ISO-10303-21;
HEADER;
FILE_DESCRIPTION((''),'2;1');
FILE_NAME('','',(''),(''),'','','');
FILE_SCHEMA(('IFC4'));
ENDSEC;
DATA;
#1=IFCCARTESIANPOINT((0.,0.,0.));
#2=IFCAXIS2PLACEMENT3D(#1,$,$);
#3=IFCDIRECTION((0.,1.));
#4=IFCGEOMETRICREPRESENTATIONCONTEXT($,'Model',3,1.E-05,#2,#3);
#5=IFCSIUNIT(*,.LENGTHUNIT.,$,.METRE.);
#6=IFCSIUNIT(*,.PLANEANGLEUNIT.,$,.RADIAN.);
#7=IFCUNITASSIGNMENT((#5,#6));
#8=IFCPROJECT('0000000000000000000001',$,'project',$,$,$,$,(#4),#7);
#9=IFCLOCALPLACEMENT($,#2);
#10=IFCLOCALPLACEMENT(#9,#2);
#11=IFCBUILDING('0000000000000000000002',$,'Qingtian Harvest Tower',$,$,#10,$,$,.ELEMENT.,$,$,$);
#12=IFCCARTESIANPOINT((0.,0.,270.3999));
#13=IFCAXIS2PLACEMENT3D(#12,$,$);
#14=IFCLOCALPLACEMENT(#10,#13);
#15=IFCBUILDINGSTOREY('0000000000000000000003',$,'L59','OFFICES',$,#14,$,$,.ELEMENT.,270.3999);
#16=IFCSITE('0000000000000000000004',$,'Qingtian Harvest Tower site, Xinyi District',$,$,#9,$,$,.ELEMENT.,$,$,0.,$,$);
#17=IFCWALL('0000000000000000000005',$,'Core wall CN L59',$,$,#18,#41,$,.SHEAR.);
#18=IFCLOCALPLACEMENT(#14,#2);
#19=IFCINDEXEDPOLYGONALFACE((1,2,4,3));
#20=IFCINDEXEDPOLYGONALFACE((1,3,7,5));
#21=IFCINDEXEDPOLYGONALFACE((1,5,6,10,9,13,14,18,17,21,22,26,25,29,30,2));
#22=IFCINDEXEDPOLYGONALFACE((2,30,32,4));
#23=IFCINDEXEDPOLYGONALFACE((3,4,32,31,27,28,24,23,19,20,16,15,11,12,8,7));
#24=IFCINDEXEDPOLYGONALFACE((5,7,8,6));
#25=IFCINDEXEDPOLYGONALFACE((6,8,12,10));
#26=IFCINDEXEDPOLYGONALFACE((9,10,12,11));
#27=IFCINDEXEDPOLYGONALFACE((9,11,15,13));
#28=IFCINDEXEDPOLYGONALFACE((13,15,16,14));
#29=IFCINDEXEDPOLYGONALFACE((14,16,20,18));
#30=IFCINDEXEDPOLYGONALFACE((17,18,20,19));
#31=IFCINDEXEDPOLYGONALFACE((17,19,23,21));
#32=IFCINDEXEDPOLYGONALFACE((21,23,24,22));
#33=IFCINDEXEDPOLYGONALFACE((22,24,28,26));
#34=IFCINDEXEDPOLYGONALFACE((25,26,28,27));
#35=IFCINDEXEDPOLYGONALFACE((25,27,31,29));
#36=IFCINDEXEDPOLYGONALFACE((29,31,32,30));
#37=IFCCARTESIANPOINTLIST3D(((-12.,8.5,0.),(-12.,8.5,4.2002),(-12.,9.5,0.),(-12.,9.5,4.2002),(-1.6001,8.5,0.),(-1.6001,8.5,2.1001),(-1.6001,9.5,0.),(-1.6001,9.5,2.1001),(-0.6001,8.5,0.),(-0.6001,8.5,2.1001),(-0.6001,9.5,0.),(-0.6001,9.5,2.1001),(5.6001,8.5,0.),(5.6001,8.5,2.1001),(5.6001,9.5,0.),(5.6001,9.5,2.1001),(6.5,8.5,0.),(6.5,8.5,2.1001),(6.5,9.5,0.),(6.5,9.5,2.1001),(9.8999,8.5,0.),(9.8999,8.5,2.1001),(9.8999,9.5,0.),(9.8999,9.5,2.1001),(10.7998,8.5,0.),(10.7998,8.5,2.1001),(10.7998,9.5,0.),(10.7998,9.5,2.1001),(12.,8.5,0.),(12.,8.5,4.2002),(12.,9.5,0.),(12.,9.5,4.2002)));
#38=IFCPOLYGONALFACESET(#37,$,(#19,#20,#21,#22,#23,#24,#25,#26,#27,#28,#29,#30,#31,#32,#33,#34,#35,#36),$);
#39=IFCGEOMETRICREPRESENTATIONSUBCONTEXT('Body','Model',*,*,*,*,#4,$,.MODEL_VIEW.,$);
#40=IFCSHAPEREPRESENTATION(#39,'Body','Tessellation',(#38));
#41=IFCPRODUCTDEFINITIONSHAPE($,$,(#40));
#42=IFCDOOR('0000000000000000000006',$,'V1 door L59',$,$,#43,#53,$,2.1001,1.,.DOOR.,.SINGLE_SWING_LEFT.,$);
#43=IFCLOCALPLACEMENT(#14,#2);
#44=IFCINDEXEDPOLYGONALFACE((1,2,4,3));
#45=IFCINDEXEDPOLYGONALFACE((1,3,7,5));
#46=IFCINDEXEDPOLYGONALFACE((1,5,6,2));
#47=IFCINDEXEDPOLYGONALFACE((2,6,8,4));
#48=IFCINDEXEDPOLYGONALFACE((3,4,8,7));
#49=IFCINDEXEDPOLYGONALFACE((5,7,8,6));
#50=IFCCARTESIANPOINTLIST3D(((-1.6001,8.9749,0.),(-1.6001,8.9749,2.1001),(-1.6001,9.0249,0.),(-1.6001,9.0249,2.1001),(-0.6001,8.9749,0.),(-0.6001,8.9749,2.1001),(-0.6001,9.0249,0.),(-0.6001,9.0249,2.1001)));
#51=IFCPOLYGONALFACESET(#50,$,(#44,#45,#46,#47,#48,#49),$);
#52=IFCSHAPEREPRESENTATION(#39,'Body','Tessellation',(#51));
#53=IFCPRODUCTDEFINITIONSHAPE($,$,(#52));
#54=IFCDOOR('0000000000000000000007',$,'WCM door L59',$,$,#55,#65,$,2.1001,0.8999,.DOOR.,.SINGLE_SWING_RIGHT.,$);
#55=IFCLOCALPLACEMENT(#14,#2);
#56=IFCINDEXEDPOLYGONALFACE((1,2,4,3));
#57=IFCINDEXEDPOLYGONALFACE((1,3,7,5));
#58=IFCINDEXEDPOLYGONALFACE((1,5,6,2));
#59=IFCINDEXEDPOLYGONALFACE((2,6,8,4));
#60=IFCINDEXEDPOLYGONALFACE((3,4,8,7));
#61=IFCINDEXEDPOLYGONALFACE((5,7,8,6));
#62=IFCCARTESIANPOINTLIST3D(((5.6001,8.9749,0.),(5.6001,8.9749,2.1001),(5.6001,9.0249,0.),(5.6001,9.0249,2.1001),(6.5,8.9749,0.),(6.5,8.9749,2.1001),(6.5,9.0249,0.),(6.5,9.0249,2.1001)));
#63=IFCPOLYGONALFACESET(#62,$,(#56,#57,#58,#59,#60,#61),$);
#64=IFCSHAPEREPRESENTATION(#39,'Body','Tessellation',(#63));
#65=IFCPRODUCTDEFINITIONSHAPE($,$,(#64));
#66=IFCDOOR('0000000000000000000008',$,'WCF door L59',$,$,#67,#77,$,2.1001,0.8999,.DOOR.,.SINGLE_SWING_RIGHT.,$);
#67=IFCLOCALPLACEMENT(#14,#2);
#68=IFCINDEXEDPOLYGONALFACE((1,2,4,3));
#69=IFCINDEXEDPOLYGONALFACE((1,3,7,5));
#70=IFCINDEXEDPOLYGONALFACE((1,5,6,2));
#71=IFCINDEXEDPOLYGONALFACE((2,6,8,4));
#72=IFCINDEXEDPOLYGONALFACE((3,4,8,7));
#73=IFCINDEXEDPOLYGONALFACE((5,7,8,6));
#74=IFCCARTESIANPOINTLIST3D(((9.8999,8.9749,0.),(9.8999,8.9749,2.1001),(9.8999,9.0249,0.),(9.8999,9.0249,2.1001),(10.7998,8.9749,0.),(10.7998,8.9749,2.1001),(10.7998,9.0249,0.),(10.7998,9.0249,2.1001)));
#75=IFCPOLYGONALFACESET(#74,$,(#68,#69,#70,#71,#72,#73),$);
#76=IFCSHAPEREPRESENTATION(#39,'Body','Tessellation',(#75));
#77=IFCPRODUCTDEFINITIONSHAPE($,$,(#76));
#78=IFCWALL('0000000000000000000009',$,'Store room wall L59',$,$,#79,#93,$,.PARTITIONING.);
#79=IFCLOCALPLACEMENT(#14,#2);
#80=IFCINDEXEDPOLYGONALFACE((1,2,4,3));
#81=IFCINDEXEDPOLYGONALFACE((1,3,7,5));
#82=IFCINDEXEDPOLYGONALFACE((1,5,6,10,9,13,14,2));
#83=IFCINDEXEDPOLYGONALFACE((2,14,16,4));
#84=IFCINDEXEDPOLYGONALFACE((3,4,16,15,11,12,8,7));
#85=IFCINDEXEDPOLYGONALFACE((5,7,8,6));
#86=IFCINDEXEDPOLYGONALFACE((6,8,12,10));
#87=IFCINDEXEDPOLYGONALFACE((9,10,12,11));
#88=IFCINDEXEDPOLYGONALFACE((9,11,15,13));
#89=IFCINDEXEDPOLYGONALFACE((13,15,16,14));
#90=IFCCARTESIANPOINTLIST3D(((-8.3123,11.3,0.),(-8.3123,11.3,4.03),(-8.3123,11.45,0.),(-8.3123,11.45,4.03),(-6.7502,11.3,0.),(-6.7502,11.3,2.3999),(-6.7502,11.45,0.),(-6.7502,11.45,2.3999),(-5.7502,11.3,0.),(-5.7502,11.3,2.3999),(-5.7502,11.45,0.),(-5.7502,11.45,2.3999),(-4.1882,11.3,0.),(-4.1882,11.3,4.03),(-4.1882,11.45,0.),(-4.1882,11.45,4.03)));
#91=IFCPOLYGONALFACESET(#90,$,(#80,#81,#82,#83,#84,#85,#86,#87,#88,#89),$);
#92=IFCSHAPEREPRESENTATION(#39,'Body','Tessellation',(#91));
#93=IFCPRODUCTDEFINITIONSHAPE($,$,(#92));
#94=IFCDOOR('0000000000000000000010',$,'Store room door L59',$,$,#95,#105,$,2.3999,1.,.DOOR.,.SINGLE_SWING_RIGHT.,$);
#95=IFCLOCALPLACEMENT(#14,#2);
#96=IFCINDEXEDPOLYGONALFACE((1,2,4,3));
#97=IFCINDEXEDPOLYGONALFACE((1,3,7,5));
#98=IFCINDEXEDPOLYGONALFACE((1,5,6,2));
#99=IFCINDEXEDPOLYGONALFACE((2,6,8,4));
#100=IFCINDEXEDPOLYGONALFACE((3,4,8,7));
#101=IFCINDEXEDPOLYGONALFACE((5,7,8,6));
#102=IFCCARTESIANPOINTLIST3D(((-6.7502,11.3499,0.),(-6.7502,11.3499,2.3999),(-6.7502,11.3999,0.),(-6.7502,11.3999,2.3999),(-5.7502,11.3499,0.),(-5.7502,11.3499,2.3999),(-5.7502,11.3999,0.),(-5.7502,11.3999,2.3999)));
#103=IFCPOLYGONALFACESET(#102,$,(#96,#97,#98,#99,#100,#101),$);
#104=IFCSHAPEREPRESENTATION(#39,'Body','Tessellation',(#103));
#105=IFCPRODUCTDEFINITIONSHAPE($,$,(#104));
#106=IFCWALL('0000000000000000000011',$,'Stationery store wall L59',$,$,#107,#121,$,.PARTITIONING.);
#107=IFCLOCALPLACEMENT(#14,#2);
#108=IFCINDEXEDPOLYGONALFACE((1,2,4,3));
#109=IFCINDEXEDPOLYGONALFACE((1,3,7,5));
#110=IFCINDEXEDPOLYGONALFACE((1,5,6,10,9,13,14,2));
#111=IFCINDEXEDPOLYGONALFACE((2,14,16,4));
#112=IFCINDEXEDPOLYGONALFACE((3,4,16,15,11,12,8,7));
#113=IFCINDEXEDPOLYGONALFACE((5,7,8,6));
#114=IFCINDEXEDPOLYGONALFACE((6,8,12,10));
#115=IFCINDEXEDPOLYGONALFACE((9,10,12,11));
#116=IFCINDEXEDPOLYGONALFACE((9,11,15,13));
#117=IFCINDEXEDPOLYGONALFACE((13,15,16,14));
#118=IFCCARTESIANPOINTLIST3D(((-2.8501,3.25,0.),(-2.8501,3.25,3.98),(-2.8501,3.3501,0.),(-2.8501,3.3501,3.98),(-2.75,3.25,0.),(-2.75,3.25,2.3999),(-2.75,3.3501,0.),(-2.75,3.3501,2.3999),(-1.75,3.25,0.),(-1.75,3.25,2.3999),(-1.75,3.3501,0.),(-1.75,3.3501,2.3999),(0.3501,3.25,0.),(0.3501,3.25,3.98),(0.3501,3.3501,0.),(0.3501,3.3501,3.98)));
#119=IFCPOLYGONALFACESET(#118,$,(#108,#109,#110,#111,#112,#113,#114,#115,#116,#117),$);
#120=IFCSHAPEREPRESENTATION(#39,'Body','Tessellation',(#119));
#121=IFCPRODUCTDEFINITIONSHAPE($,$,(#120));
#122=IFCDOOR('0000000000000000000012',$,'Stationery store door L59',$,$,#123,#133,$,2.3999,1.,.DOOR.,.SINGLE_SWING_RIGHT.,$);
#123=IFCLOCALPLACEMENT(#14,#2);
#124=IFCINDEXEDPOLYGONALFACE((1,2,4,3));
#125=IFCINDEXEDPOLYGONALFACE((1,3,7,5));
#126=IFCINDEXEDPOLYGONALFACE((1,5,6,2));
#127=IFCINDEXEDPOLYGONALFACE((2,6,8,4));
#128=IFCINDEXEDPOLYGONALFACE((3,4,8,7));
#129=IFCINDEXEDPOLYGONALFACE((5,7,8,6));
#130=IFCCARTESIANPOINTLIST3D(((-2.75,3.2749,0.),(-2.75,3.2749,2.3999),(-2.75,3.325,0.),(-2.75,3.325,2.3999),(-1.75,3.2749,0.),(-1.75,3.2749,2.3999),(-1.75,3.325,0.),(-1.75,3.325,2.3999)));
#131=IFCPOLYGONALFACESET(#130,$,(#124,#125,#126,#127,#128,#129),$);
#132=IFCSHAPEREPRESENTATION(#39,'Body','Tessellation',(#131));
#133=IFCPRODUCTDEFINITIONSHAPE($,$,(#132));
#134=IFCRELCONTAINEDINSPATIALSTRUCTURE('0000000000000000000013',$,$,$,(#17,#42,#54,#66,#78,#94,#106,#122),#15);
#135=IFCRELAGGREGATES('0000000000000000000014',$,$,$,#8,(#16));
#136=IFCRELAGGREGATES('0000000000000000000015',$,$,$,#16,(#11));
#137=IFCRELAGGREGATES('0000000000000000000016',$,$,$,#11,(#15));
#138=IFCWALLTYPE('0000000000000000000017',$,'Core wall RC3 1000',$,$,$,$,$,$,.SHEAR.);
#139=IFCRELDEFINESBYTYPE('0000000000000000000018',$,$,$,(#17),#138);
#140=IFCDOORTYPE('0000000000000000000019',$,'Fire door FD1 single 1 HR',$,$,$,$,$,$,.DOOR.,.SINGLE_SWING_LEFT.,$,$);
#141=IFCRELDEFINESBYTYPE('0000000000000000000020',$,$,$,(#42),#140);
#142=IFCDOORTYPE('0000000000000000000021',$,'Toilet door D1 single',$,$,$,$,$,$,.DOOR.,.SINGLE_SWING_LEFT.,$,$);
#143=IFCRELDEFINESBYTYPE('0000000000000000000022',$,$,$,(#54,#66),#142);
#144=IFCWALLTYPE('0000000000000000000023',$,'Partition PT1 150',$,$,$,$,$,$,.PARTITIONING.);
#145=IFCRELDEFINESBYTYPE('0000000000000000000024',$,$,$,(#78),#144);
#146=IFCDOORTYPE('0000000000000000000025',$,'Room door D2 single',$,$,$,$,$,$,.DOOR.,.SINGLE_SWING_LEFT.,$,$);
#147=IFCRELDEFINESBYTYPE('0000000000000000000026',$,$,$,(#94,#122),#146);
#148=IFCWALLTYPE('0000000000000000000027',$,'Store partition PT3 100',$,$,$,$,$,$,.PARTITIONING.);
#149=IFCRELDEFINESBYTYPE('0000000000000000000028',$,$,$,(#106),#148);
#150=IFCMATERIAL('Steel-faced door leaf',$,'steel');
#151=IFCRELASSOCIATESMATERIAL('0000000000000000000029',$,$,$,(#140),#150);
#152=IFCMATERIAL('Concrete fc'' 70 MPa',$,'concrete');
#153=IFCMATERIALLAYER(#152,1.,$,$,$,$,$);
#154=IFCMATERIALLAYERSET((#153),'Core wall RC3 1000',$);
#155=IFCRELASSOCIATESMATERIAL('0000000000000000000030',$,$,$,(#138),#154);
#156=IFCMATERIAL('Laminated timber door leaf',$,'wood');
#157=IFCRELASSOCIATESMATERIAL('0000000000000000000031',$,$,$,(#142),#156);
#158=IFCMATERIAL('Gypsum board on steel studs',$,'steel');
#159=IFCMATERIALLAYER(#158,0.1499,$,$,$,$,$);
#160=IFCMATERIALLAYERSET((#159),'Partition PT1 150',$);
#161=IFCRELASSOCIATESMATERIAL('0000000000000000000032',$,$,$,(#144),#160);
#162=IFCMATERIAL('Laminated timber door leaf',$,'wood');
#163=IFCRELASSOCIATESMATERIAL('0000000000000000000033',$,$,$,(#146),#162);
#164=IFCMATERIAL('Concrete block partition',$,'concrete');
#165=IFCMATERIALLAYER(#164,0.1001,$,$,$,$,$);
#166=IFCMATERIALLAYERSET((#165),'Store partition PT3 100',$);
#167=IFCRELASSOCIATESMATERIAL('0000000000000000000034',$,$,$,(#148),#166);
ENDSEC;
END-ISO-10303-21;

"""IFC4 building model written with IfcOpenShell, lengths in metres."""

from ifc_helpers import new_model, si_unit, direction, frame, frame_2d, origin, place, context, subcontext, project, spatial, rectangle, extrude, material, layer, layer_set, type_object, element, fill, save


model = new_model("IFC4")

# Units and contexts
model_context = context("Model", 3, precision=1e-05, world=origin(), true_north=direction((0.0, 1.0)))
body_context = subcontext(model_context, "Body", "Model", "MODEL_VIEW")
ifc_project = project(units=[si_unit("LENGTHUNIT", "METRE"), si_unit("PLANEANGLEUNIT", "RADIAN")], contexts=[model_context])

# Site, building, storey
site_placement = place(None, origin())
site = spatial("IfcSite", under=ifc_project, at=site_placement, Name="Qingtian Harvest Tower site, Xinyi District", CompositionType="ELEMENT", RefElevation=0.0)
building_placement = place(site_placement, origin())
building = spatial("IfcBuilding", under=site, at=building_placement, Name="Qingtian Harvest Tower", CompositionType="ELEMENT")
storey_placement = place(building_placement, frame((0.0, 0.0, 270.3999)))
storey = spatial("IfcBuildingStorey", under=building, at=storey_placement, Name="L59", Description="OFFICES", CompositionType="ELEMENT", Elevation=270.3999)

# Shared definitions
ifc_material_1 = material(Name="Steel-faced door leaf", Category="steel")
door_type_1 = type_object("IfcDoorType", Name="Fire door FD1 single 1 HR", OperationType="SINGLE_SWING_LEFT", PredefinedType="DOOR", material=ifc_material_1)

# Wall, openings, doors
ifc_material_2 = material(Name="Concrete fc' 70 MPa", Category="concrete")
ifc_layer_1 = layer(ifc_material_2, 1.0)
ifc_layer_set_1 = layer_set([ifc_layer_1], Name="Core wall RC3 1000")
wall_type_1 = type_object("IfcWallType", Name="Core wall RC3 1000", PredefinedType="SHEAR", material=ifc_layer_set_1)
wall_1_placement = place(storey_placement, frame((-12.0, 9.0, 0.0), z_axis=(0.0, 0.0, 1.0), x_axis=(1.0, 0.0, 0.0)))
wall_1 = element("IfcWall", 1, at=wall_1_placement, inside=storey, type_object=wall_type_1, Name="Core wall CN L59", PredefinedType="SHEAR", context=body_context, shape_type="SweptSolid", body=[
    extrude(rectangle(XDim=24.0, YDim=1.0, at=frame_2d((12.0, 0.0))), origin(), (0.0, 0.0, 1.0), 4.2002),
])
opening_1_placement = place(wall_1_placement, frame((10.3999, 0.0, 0.0)))
opening_1 = element("IfcOpeningElement", 2, at=opening_1_placement, cuts=wall_1, PredefinedType="OPENING", context=body_context, shape_type="SweptSolid", body=[
    extrude(rectangle(XDim=1.0, YDim=2.1001, at=frame_2d((0.5, 1.05))), frame((0.0, 0.51, 0.0), z_axis=(0.0, -1.0, 0.0), x_axis=(1.0, 0.0, 0.0)), (0.0, 0.0, 1.0), 1.02),
])
opening_2_placement = place(wall_1_placement, frame((17.6001, 0.0, 0.0)))
opening_2 = element("IfcOpeningElement", 3, at=opening_2_placement, cuts=wall_1, PredefinedType="OPENING", context=body_context, shape_type="SweptSolid", body=[
    extrude(rectangle(XDim=0.8999, YDim=2.1001, at=frame_2d((0.45, 1.05))), frame((0.0, 0.51, 0.0), z_axis=(0.0, -1.0, 0.0), x_axis=(1.0, 0.0, 0.0)), (0.0, 0.0, 1.0), 1.02),
])
opening_3_placement = place(wall_1_placement, frame((21.8999, 0.0, 0.0)))
opening_3 = element("IfcOpeningElement", 4, at=opening_3_placement, cuts=wall_1, PredefinedType="OPENING", context=body_context, shape_type="SweptSolid", body=[
    extrude(rectangle(XDim=0.8999, YDim=2.1001, at=frame_2d((0.45, 1.05))), frame((0.0, 0.51, 0.0), z_axis=(0.0, -1.0, 0.0), x_axis=(1.0, 0.0, 0.0)), (0.0, 0.0, 1.0), 1.02),
])
door_1_placement = place(opening_1_placement, origin())
door_1 = element("IfcDoor", 5, at=door_1_placement, inside=storey, type_object=door_type_1, Name="V1 door L59", OperationType="SINGLE_SWING_LEFT", OverallHeight=2.1001, OverallWidth=1.0, PredefinedType="DOOR", context=body_context, shape_type="SweptSolid", body=[
    extrude(rectangle(XDim=1.0, YDim=2.1001, at=frame_2d((0.5, 1.05))), frame((0.0, 0.0249, 0.0), z_axis=(0.0, -1.0, 0.0), x_axis=(1.0, 0.0, 0.0)), (0.0, 0.0, 1.0), 0.05),
])
fill(opening_1, door_1)
ifc_material_3 = material(Name="Laminated timber door leaf", Category="wood")
door_type_2 = type_object("IfcDoorType", Name="Toilet door D1 single", OperationType="SINGLE_SWING_LEFT", PredefinedType="DOOR", material=ifc_material_3)
door_2_placement = place(opening_2_placement, origin())
door_2 = element("IfcDoor", 6, at=door_2_placement, inside=storey, type_object=door_type_2, Name="WCM door L59", OperationType="SINGLE_SWING_RIGHT", OverallHeight=2.1001, OverallWidth=0.8999, PredefinedType="DOOR", context=body_context, shape_type="SweptSolid", body=[
    extrude(rectangle(XDim=0.8999, YDim=2.1001, at=frame_2d((0.45, 1.05))), frame((0.0, 0.0249, 0.0), z_axis=(0.0, -1.0, 0.0), x_axis=(1.0, 0.0, 0.0)), (0.0, 0.0, 1.0), 0.05),
])
fill(opening_2, door_2)
door_3_placement = place(opening_3_placement, origin())
door_3 = element("IfcDoor", 7, at=door_3_placement, inside=storey, type_object=door_type_2, Name="WCF door L59", OperationType="SINGLE_SWING_RIGHT", OverallHeight=2.1001, OverallWidth=0.8999, PredefinedType="DOOR", context=body_context, shape_type="SweptSolid", body=[
    extrude(rectangle(XDim=0.8999, YDim=2.1001, at=frame_2d((0.45, 1.05))), frame((0.0, 0.0249, 0.0), z_axis=(0.0, -1.0, 0.0), x_axis=(1.0, 0.0, 0.0)), (0.0, 0.0, 1.0), 0.05),
])
fill(opening_3, door_3)

# Walls, openings, doors
ifc_material_4 = material(Name="Gypsum board on steel studs", Category="steel")
ifc_layer_2 = layer(ifc_material_4, 0.1499)
ifc_layer_set_2 = layer_set([ifc_layer_2], Name="Partition PT1 150")
wall_type_2 = type_object("IfcWallType", Name="Partition PT1 150", PredefinedType="PARTITIONING", material=ifc_layer_set_2)
wall_2_placement = place(storey_placement, frame((-8.3123, 11.375, 0.0), z_axis=(0.0, 0.0, 1.0), x_axis=(1.0, 0.0, 0.0)))
wall_2 = element("IfcWall", 8, at=wall_2_placement, inside=storey, type_object=wall_type_2, Name="Store room wall L59", PredefinedType="PARTITIONING", context=body_context, shape_type="SweptSolid", body=[
    extrude(rectangle(XDim=4.124, YDim=0.1499, at=frame_2d((2.062, 0.0))), origin(), (0.0, 0.0, 1.0), 4.03),
])
opening_4_placement = place(wall_2_placement, frame((1.562, 0.0, 0.0)))
opening_4 = element("IfcOpeningElement", 9, at=opening_4_placement, cuts=wall_2, PredefinedType="OPENING", context=body_context, shape_type="SweptSolid", body=[
    extrude(rectangle(XDim=1.0, YDim=2.3999, at=frame_2d((0.5, 1.2))), frame((0.0, 0.085, 0.0), z_axis=(0.0, -1.0, 0.0), x_axis=(1.0, 0.0, 0.0)), (0.0, 0.0, 1.0), 0.1699),
])
ifc_material_5 = material(Name="Laminated timber door leaf", Category="wood")
door_type_3 = type_object("IfcDoorType", Name="Room door D2 single", OperationType="SINGLE_SWING_LEFT", PredefinedType="DOOR", material=ifc_material_5)
door_4_placement = place(opening_4_placement, origin())
door_4 = element("IfcDoor", 10, at=door_4_placement, inside=storey, type_object=door_type_3, Name="Store room door L59", OperationType="SINGLE_SWING_RIGHT", OverallHeight=2.3999, OverallWidth=1.0, PredefinedType="DOOR", context=body_context, shape_type="SweptSolid", body=[
    extrude(rectangle(XDim=1.0, YDim=2.3999, at=frame_2d((0.5, 1.2))), frame((0.0, 0.0249, 0.0), z_axis=(0.0, -1.0, 0.0), x_axis=(1.0, 0.0, 0.0)), (0.0, 0.0, 1.0), 0.05),
])
fill(opening_4, door_4)
ifc_material_6 = material(Name="Concrete block partition", Category="concrete")
ifc_layer_3 = layer(ifc_material_6, 0.1001)
ifc_layer_set_3 = layer_set([ifc_layer_3], Name="Store partition PT3 100")
wall_type_3 = type_object("IfcWallType", Name="Store partition PT3 100", PredefinedType="PARTITIONING", material=ifc_layer_set_3)
wall_3_placement = place(storey_placement, frame((-2.8501, 3.3, 0.0), z_axis=(0.0, 0.0, 1.0), x_axis=(1.0, 0.0, 0.0)))
wall_3 = element("IfcWall", 11, at=wall_3_placement, inside=storey, type_object=wall_type_3, Name="Stationery store wall L59", PredefinedType="PARTITIONING", context=body_context, shape_type="SweptSolid", body=[
    extrude(rectangle(XDim=3.2002, YDim=0.1001, at=frame_2d((1.6001, 0.0))), origin(), (0.0, 0.0, 1.0), 3.98),
])
opening_5_placement = place(wall_3_placement, frame((0.1001, 0.0, 0.0)))
opening_5 = element("IfcOpeningElement", 12, at=opening_5_placement, cuts=wall_3, PredefinedType="OPENING", context=body_context, shape_type="SweptSolid", body=[
    extrude(rectangle(XDim=1.0, YDim=2.3999, at=frame_2d((0.5, 1.2))), frame((0.0, 0.0601, 0.0), z_axis=(0.0, -1.0, 0.0), x_axis=(1.0, 0.0, 0.0)), (0.0, 0.0, 1.0), 0.1201),
])
door_5_placement = place(opening_5_placement, origin())
door_5 = element("IfcDoor", 13, at=door_5_placement, inside=storey, type_object=door_type_3, Name="Stationery store door L59", OperationType="SINGLE_SWING_RIGHT", OverallHeight=2.3999, OverallWidth=1.0, PredefinedType="DOOR", context=body_context, shape_type="SweptSolid", body=[
    extrude(rectangle(XDim=1.0, YDim=2.3999, at=frame_2d((0.5, 1.2))), frame((0.0, 0.0249, 0.0), z_axis=(0.0, -1.0, 0.0), x_axis=(1.0, 0.0, 0.0)), (0.0, 0.0, 1.0), 0.05),
])
fill(opening_5, door_5)

save(model, "model.ifc")
